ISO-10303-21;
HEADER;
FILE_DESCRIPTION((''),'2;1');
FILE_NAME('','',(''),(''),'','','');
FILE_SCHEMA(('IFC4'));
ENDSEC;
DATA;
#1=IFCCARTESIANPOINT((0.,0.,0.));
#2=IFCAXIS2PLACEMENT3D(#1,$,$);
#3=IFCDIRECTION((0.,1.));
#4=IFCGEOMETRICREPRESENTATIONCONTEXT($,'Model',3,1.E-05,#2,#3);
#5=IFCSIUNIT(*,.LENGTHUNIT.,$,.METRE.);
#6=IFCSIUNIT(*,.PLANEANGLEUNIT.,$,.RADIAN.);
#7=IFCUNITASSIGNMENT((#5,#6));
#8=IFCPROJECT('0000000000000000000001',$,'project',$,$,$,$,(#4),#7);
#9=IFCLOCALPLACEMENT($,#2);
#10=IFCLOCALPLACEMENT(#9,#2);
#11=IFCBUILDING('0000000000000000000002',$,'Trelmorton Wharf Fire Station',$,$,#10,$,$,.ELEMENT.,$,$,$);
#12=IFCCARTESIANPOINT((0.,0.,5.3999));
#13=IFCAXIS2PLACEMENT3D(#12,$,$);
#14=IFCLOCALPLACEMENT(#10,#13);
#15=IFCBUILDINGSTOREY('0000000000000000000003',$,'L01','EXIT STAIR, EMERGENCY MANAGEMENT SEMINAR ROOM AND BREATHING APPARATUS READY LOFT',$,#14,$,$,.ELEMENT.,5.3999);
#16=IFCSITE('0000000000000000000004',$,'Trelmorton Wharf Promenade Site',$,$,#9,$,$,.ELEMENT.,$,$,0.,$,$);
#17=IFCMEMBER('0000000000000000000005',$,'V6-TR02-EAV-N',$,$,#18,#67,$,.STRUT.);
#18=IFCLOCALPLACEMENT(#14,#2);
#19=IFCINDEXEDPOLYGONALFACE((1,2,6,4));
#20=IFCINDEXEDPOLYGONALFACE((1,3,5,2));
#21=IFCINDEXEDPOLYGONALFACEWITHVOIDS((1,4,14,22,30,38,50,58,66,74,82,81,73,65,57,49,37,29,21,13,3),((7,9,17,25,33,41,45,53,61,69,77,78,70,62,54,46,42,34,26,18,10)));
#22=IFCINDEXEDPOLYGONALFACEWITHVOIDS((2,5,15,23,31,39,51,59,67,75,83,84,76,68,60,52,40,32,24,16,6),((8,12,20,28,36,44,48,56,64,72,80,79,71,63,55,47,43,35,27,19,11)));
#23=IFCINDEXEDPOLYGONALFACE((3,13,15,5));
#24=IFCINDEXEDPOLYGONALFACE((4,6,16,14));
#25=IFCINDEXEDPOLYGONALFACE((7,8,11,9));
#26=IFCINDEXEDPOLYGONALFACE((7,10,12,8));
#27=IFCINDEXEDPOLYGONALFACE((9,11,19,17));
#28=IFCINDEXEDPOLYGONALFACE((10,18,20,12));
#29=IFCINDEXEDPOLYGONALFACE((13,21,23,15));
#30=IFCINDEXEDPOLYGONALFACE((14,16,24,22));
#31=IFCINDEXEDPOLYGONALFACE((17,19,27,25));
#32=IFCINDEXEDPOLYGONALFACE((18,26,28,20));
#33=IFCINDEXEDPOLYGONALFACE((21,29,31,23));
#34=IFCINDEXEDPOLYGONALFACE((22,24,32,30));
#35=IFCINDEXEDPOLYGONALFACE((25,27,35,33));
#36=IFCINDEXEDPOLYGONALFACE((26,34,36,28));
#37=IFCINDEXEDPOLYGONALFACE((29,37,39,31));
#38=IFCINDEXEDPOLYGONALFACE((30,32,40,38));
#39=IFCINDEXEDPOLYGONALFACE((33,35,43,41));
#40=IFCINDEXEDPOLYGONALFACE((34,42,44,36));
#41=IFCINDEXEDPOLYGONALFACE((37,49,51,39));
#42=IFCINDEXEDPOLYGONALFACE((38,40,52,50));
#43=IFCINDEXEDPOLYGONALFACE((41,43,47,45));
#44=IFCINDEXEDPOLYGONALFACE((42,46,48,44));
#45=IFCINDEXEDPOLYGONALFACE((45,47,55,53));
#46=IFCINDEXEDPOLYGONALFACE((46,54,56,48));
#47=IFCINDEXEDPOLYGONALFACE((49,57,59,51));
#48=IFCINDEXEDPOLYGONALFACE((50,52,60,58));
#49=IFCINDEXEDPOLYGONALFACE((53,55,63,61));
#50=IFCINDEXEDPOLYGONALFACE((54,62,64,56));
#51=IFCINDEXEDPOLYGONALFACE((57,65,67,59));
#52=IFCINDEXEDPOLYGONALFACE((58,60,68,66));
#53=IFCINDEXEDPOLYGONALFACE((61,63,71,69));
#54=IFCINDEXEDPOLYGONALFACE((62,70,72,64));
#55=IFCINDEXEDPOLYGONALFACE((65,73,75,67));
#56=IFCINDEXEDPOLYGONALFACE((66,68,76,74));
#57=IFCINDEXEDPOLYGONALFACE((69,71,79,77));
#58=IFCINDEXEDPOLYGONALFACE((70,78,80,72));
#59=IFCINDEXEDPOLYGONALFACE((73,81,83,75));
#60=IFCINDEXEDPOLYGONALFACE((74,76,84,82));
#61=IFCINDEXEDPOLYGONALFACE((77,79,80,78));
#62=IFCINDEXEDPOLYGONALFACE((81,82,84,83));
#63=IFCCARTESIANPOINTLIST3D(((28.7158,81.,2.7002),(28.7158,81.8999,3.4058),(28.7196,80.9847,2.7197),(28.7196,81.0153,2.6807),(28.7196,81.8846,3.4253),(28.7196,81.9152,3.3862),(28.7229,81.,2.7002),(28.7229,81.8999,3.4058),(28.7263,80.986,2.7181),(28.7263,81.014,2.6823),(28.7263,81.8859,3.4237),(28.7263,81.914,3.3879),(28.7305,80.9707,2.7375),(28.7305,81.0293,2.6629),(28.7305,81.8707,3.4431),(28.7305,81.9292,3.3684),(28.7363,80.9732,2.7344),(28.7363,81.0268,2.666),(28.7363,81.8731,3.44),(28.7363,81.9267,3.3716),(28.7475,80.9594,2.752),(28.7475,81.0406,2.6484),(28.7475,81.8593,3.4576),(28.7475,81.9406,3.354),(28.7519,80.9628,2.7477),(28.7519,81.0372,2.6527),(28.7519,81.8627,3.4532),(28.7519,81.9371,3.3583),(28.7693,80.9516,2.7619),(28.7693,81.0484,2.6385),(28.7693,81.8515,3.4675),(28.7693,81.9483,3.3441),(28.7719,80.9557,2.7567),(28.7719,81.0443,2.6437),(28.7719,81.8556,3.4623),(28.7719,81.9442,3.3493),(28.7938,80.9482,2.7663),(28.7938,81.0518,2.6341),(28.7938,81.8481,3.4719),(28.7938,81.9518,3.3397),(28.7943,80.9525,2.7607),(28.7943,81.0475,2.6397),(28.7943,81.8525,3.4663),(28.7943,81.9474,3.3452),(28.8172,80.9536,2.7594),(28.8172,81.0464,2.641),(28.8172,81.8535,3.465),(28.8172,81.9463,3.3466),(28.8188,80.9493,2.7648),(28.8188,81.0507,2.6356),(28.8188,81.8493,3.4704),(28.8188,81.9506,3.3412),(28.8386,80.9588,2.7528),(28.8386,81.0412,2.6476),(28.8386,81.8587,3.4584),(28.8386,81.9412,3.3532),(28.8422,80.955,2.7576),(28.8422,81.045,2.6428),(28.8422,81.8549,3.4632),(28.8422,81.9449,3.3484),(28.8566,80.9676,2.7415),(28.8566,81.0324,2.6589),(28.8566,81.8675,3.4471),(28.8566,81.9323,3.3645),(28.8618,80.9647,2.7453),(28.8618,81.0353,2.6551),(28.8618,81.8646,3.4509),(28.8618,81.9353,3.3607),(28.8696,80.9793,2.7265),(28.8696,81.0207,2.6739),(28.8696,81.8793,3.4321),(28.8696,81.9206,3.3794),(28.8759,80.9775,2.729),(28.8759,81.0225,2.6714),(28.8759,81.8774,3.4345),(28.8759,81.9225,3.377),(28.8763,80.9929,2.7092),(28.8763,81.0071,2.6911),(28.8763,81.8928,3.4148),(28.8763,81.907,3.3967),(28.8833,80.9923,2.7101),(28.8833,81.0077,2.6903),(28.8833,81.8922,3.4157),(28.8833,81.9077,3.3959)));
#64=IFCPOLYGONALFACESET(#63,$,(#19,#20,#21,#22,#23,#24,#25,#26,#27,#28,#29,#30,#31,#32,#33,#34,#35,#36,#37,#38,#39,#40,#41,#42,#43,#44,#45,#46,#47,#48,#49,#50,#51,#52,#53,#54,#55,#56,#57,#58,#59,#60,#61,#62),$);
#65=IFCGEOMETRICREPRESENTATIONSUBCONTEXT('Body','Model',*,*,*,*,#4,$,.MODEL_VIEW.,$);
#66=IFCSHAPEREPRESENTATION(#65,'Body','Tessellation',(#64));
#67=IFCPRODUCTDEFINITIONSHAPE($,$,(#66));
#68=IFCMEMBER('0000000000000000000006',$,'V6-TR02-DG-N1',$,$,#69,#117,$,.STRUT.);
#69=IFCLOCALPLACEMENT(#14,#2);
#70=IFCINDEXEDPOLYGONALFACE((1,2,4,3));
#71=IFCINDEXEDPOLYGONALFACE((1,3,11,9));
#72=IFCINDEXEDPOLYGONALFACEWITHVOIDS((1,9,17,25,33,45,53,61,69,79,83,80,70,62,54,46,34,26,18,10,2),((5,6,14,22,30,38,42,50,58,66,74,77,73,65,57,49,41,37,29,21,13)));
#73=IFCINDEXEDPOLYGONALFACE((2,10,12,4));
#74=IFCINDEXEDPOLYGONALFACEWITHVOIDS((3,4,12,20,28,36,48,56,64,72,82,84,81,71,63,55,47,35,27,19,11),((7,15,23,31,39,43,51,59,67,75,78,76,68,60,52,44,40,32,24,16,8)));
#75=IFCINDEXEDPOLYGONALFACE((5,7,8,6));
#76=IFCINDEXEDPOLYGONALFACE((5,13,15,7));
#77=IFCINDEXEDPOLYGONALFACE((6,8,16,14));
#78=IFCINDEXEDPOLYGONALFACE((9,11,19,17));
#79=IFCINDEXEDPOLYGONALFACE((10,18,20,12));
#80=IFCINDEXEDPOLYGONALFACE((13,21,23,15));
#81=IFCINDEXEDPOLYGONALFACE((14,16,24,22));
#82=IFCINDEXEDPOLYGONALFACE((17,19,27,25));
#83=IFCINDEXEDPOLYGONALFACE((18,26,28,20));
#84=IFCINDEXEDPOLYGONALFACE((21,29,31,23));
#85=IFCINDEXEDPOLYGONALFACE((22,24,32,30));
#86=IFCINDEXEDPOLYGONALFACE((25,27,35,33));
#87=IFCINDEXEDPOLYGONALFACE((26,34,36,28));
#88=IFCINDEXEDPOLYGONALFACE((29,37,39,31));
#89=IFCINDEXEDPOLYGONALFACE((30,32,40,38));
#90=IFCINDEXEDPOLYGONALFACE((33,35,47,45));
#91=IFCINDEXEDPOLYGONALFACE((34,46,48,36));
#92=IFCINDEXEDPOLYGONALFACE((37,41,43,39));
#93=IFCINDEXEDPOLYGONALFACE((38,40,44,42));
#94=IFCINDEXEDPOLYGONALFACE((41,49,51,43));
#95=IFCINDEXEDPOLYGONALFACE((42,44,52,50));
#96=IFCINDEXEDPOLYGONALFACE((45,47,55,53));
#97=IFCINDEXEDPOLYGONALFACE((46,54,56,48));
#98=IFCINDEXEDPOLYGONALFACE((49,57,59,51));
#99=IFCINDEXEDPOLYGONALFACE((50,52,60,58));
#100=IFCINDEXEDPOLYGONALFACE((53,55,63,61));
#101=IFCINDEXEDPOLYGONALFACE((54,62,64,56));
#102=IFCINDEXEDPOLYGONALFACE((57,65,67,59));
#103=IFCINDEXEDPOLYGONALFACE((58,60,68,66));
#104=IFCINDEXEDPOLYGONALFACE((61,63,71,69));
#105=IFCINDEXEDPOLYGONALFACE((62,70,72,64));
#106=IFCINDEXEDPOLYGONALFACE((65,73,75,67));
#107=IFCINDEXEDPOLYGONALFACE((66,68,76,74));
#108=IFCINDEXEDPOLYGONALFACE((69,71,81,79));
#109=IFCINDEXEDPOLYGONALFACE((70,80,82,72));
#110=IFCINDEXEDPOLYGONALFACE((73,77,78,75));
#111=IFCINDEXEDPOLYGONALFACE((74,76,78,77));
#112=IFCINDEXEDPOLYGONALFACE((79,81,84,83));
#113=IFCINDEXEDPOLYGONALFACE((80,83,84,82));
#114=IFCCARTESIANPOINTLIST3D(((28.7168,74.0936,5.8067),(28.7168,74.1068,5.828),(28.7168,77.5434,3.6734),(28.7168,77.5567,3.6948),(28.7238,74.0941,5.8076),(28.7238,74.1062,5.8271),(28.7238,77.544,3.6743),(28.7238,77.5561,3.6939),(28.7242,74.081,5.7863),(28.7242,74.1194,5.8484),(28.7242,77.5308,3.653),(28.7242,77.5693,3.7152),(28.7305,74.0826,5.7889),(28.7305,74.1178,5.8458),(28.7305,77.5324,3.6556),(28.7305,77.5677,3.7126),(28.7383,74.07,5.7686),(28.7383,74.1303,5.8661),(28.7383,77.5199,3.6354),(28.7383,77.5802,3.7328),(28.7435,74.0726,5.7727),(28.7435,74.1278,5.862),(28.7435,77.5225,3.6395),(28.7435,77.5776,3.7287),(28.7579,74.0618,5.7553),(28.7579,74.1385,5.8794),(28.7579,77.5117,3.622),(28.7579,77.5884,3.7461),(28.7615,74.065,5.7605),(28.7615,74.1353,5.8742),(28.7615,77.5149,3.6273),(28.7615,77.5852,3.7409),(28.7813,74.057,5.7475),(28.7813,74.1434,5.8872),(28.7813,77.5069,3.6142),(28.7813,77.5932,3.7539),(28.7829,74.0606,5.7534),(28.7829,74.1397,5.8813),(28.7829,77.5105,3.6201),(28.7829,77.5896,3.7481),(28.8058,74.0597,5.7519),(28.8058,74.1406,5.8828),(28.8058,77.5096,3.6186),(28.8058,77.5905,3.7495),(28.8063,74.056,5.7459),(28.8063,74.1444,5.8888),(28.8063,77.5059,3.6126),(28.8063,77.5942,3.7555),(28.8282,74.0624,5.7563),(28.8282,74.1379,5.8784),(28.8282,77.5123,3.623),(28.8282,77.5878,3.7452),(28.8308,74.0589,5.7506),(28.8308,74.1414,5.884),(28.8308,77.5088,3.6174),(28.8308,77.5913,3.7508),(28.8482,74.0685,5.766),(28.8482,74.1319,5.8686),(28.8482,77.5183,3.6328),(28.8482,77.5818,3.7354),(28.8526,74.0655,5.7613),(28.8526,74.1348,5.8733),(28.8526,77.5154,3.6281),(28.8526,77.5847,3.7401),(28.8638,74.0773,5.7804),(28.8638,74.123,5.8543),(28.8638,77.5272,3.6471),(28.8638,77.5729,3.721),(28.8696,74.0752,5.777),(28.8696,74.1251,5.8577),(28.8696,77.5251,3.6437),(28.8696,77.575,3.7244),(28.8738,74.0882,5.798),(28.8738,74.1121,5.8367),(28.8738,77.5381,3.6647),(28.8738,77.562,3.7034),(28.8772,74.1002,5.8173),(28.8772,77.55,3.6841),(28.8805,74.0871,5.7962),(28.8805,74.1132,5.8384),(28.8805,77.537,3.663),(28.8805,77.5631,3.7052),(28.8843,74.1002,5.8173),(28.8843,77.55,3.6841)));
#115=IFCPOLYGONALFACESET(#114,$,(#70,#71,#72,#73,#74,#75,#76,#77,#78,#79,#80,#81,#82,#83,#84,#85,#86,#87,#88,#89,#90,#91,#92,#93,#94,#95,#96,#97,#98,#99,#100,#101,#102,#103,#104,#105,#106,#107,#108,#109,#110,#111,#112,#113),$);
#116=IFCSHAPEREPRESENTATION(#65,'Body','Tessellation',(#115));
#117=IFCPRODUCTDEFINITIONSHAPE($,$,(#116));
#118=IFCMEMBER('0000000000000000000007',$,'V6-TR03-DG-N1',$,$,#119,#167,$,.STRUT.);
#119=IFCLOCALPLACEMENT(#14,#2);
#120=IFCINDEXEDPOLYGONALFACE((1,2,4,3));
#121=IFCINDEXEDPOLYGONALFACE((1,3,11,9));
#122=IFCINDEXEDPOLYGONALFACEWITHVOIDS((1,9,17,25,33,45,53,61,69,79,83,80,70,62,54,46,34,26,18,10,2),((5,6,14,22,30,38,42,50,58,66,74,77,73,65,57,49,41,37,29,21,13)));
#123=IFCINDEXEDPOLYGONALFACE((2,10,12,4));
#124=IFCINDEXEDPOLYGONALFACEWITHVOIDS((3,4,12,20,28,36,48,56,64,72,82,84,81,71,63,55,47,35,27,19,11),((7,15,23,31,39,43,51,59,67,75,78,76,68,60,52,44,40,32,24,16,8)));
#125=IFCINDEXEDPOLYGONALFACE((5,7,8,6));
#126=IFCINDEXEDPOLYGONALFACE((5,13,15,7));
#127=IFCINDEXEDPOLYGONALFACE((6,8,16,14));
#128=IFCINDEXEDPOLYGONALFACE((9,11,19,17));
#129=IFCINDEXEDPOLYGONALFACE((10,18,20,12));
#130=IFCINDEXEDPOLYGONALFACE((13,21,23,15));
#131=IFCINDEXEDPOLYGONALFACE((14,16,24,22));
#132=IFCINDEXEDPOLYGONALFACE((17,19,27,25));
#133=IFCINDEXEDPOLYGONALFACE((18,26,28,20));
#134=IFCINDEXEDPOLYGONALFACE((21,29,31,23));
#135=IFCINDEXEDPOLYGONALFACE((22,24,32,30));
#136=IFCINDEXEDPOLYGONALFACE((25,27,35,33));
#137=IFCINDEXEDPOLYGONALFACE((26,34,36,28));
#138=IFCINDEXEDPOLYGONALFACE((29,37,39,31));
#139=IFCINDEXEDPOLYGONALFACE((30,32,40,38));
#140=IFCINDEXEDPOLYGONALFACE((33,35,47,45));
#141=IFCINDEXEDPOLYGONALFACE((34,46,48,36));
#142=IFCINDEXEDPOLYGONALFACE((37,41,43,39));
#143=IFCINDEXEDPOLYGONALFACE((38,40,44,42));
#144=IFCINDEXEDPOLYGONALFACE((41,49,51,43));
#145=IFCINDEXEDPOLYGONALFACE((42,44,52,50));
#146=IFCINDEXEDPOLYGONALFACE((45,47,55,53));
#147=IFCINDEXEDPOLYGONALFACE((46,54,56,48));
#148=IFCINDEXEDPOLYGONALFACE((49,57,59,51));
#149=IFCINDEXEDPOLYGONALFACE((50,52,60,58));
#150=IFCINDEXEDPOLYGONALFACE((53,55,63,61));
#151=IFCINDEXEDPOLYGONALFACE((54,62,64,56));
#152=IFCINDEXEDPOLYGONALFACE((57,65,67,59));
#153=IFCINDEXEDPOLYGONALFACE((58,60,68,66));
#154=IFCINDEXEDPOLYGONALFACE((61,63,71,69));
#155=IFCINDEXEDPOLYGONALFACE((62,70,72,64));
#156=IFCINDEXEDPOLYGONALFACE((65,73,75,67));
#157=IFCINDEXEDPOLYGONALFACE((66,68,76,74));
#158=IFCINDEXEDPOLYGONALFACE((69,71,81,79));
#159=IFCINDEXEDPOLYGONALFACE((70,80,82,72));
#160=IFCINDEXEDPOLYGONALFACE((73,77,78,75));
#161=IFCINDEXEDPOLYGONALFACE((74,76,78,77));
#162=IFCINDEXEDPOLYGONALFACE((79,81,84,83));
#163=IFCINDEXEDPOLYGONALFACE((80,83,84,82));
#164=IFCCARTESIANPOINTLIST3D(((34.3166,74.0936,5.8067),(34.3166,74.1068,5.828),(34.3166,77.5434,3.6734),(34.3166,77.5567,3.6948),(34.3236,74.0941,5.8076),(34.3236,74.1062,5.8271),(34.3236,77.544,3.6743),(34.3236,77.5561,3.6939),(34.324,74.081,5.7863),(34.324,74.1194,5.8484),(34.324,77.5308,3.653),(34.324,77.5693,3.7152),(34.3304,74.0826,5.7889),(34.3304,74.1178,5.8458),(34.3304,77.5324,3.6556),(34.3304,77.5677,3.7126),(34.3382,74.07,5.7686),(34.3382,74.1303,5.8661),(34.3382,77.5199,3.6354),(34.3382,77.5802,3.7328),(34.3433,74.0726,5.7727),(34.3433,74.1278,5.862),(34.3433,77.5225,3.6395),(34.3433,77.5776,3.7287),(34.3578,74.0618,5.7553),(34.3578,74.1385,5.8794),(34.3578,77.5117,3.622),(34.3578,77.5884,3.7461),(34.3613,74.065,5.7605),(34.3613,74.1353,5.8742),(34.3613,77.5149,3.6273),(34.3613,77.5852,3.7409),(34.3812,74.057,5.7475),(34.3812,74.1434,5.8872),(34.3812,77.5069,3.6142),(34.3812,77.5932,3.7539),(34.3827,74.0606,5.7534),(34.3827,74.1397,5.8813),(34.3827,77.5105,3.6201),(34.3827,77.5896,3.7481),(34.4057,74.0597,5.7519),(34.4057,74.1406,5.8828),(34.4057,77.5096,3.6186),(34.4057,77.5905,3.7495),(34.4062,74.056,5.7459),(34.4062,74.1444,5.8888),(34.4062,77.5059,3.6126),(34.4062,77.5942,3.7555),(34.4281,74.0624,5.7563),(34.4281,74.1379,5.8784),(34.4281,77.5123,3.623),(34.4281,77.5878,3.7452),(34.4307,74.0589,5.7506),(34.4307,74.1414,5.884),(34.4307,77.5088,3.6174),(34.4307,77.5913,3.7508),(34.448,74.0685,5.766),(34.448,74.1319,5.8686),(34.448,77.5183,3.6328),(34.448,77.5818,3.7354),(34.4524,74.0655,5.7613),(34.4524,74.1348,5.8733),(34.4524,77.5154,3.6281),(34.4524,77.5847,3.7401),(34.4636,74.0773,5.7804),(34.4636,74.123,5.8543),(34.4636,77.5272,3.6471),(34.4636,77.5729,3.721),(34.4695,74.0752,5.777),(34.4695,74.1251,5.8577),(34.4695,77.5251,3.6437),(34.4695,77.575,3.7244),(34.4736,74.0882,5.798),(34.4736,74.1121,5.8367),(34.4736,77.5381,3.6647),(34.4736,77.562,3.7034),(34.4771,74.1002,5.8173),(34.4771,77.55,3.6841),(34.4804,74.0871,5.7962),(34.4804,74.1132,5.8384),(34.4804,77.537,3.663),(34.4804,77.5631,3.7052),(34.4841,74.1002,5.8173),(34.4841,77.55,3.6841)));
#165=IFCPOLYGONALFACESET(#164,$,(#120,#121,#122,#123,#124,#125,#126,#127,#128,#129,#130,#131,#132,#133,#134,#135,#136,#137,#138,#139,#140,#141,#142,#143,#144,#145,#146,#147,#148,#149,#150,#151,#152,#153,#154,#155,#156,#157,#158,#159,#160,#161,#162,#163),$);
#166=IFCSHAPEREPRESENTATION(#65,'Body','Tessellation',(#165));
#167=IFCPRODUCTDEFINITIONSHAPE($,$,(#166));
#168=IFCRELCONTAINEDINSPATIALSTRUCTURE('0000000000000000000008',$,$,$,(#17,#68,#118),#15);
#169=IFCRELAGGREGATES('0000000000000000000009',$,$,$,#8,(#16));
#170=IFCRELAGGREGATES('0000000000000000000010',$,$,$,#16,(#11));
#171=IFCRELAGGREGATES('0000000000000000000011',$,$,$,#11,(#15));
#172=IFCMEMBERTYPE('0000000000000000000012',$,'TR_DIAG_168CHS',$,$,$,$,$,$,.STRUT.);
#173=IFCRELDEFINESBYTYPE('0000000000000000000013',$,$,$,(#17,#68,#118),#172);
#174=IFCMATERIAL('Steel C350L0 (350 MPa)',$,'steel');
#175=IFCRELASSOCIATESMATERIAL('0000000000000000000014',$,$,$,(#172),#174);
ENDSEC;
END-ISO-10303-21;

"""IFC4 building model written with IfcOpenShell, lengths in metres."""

from ifc_helpers import new_model, si_unit, direction, frame, origin, origin_2d, place, context, subcontext, project, spatial, hollow_circle, extrude, material, material_profile, profile_set, type_object, element, save


model = new_model("IFC4")

# Units and contexts
model_context = context("Model", 3, precision=1e-05, world=origin(), true_north=direction((0.0, 1.0)))
body_context = subcontext(model_context, "Body", "Model", "MODEL_VIEW")
ifc_project = project(units=[si_unit("LENGTHUNIT", "METRE"), si_unit("PLANEANGLEUNIT", "RADIAN")], contexts=[model_context])

# Site, building, storey
site_placement = place(None, origin())
site = spatial("IfcSite", under=ifc_project, at=site_placement, Name="Trelmorton Wharf Promenade Site", CompositionType="ELEMENT", RefElevation=0.0)
building_placement = place(site_placement, origin())
building = spatial("IfcBuilding", under=site, at=building_placement, Name="Trelmorton Wharf Fire Station", CompositionType="ELEMENT")
storey_placement = place(building_placement, frame((0.0, 0.0, 5.3999)))
storey = spatial("IfcBuildingStorey", under=building, at=storey_placement, Name="L01", Description="EXIT STAIR, EMERGENCY MANAGEMENT SEMINAR ROOM AND BREATHING APPARATUS READY LOFT", CompositionType="ELEMENT", Elevation=5.3999)

# Shared definitions
ifc_material_1 = material(Name="Steel C350L0 (350 MPa)", Category="steel")

# Members
ifc_material_profile_1 = material_profile(ifc_material_1, hollow_circle(Radius=0.0842, WallThickness=0.0071, at=origin_2d()), Name="168.3x7.1CHS")
ifc_profile_set_1 = profile_set([ifc_material_profile_1], Name="Steel C350L0 (350 MPa)")
member_type_1 = type_object("IfcMemberType", Name="TR_DIAG_168CHS", PredefinedType="STRUT", material=ifc_profile_set_1)
member_1_placement = place(storey_placement, frame((28.8, 81.0, 2.7002), z_axis=(0.0, 0.786955, 0.61701), x_axis=(-1.0, 0.0, 0.0)))
element("IfcMember", 1, at=member_1_placement, inside=storey, type_object=member_type_1, Name="V6-TR02-EAV-N", PredefinedType="STRUT", context=body_context, shape_type="SweptSolid", body=[
    extrude(hollow_circle(Radius=0.0842, WallThickness=0.0071, at=origin_2d()), origin(), (0.0, 0.0, 1.0), 1.1436),
])
for number, where, z_axis, x_axis, name in (
    (2, (28.8, 77.55, 3.6841), (0.0, -0.850528, 0.52593), (1.0, 0.0, 0.0), "V6-TR02-DG-N1"),
    (3, (34.3999, 77.55, 3.6841), (0.0, -0.850528, 0.52593), (1.0, 0.0, 0.0), "V6-TR03-DG-N1"),
):
    element("IfcMember", number, at=place(storey_placement, frame(where, z_axis=z_axis, x_axis=x_axis)), inside=storey, type_object=member_type_1, Name=name, PredefinedType="STRUT", context=body_context, shape_type="SweptSolid", body=[
        extrude(hollow_circle(Radius=0.0842, WallThickness=0.0071, at=origin_2d()), origin(), (0.0, 0.0, 1.0), 4.0562),
    ])

save(model, "model.ifc")
